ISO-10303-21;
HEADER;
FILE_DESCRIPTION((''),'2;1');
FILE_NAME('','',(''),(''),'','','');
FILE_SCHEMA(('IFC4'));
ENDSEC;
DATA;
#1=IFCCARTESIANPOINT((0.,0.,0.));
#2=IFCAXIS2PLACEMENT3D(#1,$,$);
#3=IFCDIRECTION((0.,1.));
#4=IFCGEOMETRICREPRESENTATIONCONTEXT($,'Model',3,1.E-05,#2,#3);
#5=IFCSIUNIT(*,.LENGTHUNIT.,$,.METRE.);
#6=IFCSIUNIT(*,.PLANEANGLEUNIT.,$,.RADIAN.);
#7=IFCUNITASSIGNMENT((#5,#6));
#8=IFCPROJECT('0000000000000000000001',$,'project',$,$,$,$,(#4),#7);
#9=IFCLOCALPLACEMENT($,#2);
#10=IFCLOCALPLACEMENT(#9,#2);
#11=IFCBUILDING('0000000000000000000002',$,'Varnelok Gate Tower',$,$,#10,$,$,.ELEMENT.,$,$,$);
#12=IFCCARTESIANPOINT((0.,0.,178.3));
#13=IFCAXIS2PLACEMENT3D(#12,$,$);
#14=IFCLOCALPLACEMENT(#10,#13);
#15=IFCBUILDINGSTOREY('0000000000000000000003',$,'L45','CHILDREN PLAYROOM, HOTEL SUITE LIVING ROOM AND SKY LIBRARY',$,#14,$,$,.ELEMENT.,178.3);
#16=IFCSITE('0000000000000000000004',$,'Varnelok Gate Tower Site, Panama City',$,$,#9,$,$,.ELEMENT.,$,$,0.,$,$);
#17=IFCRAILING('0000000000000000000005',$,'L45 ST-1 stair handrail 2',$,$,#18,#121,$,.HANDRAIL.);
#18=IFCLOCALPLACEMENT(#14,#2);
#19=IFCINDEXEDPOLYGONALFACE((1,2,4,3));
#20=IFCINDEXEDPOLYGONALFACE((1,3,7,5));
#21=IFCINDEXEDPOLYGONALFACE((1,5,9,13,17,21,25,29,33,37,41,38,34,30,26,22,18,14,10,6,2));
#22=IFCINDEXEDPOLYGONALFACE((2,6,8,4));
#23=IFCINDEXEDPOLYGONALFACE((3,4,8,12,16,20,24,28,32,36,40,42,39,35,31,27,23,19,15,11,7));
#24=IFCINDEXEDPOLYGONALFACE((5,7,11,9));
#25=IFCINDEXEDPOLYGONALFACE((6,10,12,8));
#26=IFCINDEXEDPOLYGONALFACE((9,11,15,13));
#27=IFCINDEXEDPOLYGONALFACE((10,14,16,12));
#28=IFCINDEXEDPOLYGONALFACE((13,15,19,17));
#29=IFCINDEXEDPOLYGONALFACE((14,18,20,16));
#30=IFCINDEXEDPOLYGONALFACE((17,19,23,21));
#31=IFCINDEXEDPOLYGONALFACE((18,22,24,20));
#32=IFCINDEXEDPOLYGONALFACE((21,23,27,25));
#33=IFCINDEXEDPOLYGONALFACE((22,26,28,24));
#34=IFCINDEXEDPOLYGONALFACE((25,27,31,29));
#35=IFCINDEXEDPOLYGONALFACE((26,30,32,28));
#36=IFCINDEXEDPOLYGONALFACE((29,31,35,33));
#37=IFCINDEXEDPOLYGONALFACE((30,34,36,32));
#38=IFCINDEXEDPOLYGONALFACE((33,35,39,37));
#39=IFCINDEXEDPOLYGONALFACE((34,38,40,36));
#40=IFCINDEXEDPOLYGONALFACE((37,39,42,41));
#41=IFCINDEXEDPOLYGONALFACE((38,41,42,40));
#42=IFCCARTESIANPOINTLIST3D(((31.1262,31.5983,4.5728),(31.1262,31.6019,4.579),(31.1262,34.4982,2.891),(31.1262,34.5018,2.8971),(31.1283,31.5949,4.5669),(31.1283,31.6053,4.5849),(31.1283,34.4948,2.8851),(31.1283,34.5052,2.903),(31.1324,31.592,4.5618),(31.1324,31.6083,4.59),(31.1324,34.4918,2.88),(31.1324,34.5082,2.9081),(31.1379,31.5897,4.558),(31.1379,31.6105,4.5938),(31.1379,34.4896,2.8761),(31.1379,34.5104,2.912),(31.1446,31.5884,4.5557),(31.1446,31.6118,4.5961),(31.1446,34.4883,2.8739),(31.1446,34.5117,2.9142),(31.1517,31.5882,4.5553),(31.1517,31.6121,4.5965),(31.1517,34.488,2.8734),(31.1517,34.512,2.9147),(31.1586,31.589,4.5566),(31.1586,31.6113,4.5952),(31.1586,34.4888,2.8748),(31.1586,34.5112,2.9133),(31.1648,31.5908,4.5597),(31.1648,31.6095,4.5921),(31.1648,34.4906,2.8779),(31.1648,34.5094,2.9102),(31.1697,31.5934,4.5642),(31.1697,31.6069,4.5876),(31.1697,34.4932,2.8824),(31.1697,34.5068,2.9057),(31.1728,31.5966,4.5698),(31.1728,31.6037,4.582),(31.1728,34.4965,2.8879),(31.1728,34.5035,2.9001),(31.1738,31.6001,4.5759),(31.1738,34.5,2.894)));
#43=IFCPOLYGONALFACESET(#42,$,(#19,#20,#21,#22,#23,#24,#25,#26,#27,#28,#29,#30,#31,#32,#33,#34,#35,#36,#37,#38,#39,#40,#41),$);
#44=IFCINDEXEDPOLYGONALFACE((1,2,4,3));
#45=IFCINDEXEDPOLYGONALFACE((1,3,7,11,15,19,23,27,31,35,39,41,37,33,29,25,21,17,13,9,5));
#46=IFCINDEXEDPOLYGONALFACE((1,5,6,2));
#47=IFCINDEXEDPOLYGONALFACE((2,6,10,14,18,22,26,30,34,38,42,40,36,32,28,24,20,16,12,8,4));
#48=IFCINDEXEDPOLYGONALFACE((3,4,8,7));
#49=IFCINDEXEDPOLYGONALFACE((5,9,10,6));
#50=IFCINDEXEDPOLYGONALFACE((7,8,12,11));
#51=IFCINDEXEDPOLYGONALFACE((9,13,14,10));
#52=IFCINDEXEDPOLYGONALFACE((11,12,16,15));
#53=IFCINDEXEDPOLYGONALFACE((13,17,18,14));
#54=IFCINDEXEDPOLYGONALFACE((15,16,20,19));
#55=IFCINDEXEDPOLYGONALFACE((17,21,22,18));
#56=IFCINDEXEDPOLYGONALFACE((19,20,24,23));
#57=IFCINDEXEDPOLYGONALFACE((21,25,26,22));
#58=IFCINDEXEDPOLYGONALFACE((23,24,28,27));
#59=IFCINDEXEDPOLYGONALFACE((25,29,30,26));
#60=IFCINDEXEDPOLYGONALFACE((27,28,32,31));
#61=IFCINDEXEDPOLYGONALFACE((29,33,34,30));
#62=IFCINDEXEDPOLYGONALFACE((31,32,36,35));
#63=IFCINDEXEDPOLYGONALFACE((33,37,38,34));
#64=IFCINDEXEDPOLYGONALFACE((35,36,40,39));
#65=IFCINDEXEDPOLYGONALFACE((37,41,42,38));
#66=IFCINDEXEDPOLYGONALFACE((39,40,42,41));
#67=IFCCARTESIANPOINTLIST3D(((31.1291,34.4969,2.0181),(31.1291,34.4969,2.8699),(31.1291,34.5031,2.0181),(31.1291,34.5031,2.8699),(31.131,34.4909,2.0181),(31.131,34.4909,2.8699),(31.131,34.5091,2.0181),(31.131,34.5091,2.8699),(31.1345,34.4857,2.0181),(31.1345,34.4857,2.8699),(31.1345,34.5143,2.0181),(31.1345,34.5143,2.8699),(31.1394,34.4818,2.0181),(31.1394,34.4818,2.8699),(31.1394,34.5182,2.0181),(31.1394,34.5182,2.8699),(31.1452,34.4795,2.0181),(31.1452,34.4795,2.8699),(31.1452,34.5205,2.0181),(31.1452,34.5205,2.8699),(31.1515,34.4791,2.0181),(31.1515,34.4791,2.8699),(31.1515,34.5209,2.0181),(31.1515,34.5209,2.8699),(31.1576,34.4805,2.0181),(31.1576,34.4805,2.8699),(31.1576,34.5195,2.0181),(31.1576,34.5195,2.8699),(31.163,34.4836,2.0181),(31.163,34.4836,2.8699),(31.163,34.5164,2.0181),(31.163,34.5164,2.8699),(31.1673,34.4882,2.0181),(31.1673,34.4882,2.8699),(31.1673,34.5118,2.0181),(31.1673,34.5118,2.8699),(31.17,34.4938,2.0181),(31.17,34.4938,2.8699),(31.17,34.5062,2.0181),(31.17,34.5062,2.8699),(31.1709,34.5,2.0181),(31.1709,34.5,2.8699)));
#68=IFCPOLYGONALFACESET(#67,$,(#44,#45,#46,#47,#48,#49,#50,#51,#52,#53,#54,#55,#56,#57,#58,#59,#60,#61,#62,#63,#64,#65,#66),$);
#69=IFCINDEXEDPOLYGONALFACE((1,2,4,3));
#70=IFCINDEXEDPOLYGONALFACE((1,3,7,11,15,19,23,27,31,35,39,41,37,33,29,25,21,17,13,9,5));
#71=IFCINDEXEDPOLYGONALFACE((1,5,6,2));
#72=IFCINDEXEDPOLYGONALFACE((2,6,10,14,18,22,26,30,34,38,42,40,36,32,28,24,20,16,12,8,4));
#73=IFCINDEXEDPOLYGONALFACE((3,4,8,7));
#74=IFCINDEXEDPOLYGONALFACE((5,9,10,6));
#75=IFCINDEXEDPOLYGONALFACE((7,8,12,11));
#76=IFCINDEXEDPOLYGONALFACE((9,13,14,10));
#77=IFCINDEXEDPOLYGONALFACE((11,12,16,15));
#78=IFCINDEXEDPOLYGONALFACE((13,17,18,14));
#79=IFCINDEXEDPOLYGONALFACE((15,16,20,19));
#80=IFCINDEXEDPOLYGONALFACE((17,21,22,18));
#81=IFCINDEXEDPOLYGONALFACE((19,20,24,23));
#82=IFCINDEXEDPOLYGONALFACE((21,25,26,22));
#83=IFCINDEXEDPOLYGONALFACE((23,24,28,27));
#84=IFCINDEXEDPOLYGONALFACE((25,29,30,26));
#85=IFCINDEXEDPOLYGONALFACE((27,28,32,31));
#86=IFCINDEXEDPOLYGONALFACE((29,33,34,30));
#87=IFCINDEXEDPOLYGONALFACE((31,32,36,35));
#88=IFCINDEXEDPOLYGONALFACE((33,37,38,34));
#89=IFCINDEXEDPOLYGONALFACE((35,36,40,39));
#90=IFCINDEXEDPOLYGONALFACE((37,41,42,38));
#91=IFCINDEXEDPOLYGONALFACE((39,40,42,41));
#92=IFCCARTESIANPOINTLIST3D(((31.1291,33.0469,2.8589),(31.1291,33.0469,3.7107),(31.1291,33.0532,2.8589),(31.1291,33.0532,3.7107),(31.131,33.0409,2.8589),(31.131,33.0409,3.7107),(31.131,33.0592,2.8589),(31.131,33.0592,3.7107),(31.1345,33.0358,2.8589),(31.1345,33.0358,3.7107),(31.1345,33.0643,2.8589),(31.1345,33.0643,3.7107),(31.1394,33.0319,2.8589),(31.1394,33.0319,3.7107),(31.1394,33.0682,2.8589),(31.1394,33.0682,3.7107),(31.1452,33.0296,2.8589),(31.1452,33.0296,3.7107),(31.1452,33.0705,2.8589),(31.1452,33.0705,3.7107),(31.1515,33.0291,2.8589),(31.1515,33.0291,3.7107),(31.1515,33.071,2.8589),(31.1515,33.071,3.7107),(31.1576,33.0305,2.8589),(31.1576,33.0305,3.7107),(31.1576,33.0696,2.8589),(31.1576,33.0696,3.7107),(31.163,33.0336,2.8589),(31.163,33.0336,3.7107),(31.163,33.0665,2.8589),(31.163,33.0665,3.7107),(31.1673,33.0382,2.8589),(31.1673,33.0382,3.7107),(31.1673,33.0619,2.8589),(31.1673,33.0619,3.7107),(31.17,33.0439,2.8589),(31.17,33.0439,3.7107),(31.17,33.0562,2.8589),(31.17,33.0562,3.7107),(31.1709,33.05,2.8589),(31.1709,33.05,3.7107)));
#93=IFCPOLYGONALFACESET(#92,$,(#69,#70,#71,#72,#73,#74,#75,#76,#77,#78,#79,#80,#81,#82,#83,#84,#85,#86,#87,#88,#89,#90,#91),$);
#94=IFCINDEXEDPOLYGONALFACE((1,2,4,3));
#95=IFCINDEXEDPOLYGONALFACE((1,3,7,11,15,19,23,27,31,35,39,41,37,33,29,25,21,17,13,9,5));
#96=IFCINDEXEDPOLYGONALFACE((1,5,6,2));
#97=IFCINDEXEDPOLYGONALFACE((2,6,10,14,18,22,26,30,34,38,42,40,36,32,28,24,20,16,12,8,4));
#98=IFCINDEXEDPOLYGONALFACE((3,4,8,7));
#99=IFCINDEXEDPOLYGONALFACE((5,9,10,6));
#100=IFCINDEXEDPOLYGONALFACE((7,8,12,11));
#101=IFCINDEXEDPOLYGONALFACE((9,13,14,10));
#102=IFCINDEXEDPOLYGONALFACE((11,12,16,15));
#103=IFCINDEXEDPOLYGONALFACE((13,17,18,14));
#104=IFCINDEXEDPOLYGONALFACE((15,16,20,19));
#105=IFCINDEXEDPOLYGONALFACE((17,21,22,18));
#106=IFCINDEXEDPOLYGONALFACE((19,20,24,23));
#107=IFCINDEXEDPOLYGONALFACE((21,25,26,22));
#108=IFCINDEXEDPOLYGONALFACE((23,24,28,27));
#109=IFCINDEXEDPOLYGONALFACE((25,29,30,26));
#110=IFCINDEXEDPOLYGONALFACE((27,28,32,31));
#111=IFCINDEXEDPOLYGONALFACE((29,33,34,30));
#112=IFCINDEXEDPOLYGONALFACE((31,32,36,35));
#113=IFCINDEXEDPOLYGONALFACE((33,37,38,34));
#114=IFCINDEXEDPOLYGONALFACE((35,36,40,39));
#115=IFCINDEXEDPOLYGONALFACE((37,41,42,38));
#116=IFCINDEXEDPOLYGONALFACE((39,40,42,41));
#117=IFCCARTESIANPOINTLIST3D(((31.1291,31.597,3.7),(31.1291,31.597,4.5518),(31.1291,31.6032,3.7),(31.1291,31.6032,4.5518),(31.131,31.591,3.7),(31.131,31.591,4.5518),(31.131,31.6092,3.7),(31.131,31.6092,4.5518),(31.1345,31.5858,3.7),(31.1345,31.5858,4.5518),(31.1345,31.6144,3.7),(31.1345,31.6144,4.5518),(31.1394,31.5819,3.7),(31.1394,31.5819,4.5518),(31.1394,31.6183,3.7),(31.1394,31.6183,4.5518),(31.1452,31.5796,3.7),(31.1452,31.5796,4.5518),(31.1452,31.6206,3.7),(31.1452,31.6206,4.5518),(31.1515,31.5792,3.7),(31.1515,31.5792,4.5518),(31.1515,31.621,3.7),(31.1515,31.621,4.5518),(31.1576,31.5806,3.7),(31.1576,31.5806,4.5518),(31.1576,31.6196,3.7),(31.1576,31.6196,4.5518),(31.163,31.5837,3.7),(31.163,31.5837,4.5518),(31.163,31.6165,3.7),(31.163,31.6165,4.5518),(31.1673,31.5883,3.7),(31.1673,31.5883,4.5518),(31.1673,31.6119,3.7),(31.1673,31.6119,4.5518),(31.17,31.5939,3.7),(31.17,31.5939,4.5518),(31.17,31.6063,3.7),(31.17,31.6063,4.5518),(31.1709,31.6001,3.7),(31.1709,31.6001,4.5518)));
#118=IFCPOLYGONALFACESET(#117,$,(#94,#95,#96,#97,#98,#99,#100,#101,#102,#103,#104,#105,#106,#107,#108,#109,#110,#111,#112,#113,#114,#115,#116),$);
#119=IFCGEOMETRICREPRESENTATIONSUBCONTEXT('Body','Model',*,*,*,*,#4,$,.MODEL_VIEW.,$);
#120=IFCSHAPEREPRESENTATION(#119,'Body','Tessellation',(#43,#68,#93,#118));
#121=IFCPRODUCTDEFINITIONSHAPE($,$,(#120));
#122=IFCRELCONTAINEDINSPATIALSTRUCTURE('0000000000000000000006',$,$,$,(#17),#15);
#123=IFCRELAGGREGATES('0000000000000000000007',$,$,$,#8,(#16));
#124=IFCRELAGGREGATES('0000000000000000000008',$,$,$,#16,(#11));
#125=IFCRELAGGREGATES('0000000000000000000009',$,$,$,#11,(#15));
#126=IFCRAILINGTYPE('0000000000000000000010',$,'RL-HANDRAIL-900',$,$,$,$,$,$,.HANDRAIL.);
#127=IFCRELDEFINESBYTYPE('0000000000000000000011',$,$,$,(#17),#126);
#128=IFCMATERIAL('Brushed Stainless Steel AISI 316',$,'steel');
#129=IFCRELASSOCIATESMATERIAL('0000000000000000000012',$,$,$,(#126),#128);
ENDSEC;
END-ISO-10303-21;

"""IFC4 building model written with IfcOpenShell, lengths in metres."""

from ifc_helpers import new_model, si_unit, direction, frame, origin, origin_2d, place, context, subcontext, project, spatial, circle, extrude, material, type_object, element, save


model = new_model("IFC4")

# Units and contexts
model_context = context("Model", 3, precision=1e-05, world=origin(), true_north=direction((0.0, 1.0)))
body_context = subcontext(model_context, "Body", "Model", "MODEL_VIEW")
ifc_project = project(units=[si_unit("LENGTHUNIT", "METRE"), si_unit("PLANEANGLEUNIT", "RADIAN")], contexts=[model_context])

# Site, building, storey
site_placement = place(None, origin())
site = spatial("IfcSite", under=ifc_project, at=site_placement, Name="Varnelok Gate Tower Site, Panama City", CompositionType="ELEMENT", RefElevation=0.0)
building_placement = place(site_placement, origin())
building = spatial("IfcBuilding", under=site, at=building_placement, Name="Varnelok Gate Tower", CompositionType="ELEMENT")
storey_placement = place(building_placement, frame((0.0, 0.0, 178.3)))
storey = spatial("IfcBuildingStorey", under=building, at=storey_placement, Name="L45", Description="CHILDREN PLAYROOM, HOTEL SUITE LIVING ROOM AND SKY LIBRARY", CompositionType="ELEMENT", Elevation=178.3)

# Railing
ifc_material_1 = material(Name="Brushed Stainless Steel AISI 316", Category="steel")
railing_type_1 = type_object("IfcRailingType", Name="RL-HANDRAIL-900", PredefinedType="HANDRAIL", material=ifc_material_1)
railing_1_placement = place(storey_placement, frame((31.1499, 34.5, 2.0181)))
element("IfcRailing", 1, at=railing_1_placement, inside=storey, type_object=railing_type_1, Name="L45 ST-1 stair handrail 2", PredefinedType="HANDRAIL", context=body_context, shape_type="SweptSolid", body=[
    extrude(circle(Radius=0.0239, at=origin_2d()), frame((0.0, 0.0, 0.876), z_axis=(0.0, -0.865039, 0.501705), x_axis=(1.0, 0.0, 0.0)), (0.0, 0.0, 1.0), 3.3523),
    extrude(circle(Radius=0.021, at=origin_2d()), origin(), (0.0, 0.0, 1.0), 0.8518),
    extrude(circle(Radius=0.021, at=origin_2d()), frame((0.0, -1.45, 0.8408)), (0.0, 0.0, 1.0), 0.8518),
    extrude(circle(Radius=0.021, at=origin_2d()), frame((0.0, -2.8999, 1.6819)), (0.0, 0.0, 1.0), 0.8518),
])

save(model, "model.ifc")
